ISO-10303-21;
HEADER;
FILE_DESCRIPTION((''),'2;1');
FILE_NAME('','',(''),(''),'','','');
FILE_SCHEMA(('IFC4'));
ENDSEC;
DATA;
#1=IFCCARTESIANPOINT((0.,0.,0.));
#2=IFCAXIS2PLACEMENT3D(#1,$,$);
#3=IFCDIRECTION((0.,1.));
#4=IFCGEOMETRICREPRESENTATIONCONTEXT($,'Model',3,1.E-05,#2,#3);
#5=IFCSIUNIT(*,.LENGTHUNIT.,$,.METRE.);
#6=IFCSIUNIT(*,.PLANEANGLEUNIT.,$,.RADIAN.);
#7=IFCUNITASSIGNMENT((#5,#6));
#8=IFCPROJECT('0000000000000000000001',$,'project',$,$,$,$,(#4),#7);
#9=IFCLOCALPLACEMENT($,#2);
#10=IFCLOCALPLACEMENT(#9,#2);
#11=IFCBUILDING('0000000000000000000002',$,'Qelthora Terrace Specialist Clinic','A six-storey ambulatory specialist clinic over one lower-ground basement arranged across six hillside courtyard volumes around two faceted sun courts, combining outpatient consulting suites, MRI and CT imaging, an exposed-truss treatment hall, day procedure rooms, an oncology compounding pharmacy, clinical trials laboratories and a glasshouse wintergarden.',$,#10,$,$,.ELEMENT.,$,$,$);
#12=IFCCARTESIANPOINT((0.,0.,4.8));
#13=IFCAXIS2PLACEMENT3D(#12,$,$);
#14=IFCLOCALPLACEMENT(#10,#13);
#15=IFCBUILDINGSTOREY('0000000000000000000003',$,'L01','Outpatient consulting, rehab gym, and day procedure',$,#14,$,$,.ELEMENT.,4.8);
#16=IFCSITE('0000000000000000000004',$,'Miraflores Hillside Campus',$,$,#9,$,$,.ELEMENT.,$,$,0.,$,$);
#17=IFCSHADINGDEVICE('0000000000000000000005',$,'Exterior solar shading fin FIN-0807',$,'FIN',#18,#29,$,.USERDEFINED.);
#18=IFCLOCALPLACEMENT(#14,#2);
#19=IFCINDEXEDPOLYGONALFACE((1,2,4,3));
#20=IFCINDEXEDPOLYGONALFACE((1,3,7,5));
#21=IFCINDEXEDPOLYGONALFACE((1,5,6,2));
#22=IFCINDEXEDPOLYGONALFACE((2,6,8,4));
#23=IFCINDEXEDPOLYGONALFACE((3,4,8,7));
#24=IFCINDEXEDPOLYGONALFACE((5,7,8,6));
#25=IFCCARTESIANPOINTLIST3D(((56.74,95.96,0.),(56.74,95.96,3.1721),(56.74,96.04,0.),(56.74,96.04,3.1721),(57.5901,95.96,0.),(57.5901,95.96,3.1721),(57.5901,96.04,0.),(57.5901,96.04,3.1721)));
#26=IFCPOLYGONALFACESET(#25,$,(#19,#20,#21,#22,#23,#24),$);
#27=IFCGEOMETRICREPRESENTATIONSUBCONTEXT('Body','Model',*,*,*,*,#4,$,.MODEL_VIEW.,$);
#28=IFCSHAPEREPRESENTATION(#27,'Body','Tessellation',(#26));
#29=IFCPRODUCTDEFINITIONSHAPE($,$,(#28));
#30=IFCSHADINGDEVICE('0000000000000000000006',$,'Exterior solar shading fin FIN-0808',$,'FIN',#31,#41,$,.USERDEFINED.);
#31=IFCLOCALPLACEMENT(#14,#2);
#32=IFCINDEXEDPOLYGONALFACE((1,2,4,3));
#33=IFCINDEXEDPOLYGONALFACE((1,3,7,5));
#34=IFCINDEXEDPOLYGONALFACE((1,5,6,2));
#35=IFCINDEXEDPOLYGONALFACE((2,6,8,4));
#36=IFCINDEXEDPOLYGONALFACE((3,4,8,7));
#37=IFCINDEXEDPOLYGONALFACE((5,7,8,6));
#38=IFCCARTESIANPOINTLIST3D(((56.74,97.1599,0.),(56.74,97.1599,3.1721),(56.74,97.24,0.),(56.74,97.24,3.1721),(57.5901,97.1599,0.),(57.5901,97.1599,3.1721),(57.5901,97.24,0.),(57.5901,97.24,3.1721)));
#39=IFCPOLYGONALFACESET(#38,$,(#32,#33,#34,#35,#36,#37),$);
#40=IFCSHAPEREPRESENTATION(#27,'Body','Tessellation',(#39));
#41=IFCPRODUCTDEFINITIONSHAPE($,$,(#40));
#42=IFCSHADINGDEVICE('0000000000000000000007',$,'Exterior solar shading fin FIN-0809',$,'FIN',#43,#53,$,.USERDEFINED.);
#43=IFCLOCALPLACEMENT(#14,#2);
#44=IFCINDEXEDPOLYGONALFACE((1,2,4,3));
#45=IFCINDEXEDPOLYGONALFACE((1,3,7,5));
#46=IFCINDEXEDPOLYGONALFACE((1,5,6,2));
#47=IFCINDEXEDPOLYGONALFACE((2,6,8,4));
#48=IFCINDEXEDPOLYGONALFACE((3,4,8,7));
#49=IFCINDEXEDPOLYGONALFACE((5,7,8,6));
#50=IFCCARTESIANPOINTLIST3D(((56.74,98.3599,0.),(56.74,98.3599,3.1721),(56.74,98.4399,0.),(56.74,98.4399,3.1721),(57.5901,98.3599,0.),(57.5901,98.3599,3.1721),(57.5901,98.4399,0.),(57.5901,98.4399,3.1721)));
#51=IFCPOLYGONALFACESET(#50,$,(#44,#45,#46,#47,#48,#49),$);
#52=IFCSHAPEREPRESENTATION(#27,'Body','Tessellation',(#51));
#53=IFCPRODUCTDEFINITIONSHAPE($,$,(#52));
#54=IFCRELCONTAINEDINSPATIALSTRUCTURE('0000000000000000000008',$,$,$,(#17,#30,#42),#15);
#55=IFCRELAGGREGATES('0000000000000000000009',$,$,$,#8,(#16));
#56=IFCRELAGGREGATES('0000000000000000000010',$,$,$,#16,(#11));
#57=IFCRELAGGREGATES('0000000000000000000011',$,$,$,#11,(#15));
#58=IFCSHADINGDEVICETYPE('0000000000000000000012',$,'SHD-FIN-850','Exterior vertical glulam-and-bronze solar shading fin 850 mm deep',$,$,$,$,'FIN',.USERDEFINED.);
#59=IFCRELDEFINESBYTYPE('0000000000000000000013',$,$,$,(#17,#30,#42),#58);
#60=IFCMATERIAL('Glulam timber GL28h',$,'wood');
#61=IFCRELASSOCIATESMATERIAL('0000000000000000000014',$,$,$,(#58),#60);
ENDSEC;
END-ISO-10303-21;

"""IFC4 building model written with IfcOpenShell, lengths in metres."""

from ifc_helpers import new_model, si_unit, direction, frame, origin, origin_2d, place, context, subcontext, project, spatial, rectangle, extrude, material, type_object, element, save


model = new_model("IFC4")

# Units and contexts
model_context = context("Model", 3, precision=1e-05, world=origin(), true_north=direction((0.0, 1.0)))
body_context = subcontext(model_context, "Body", "Model", "MODEL_VIEW")
ifc_project = project(units=[si_unit("LENGTHUNIT", "METRE"), si_unit("PLANEANGLEUNIT", "RADIAN")], contexts=[model_context])

# Site, building, storey
site_placement = place(None, origin())
site = spatial("IfcSite", under=ifc_project, at=site_placement, Name="Miraflores Hillside Campus", CompositionType="ELEMENT", RefElevation=0.0)
building_placement = place(site_placement, origin())
building = spatial("IfcBuilding", under=site, at=building_placement, Name="Qelthora Terrace Specialist Clinic", Description="A six-storey ambulatory specialist clinic over one lower-ground basement arranged across six hillside courtyard volumes around two faceted sun courts, combining outpatient consulting suites, MRI and CT imaging, an exposed-truss treatment hall, day procedure rooms, an oncology compounding pharmacy, clinical trials laboratories and a glasshouse wintergarden.", CompositionType="ELEMENT")
storey_placement = place(building_placement, frame((0.0, 0.0, 4.8)))
storey = spatial("IfcBuildingStorey", under=building, at=storey_placement, Name="L01", Description="Outpatient consulting, rehab gym, and day procedure", CompositionType="ELEMENT", Elevation=4.8)

# Shading devices
ifc_material_1 = material(Name="Glulam timber GL28h", Category="wood")
shading_device_type = type_object("IfcShadingDeviceType", Name="SHD-FIN-850", Description="Exterior vertical glulam-and-bronze solar shading fin 850 mm deep", ElementType="FIN", PredefinedType="USERDEFINED", material=ifc_material_1)
for number, where, z_axis, x_axis, name in (
    (1, (57.165, 96.0, 0.0), (0.0, 0.0, 1.0), (-1.0, 0.0, 0.0), "Exterior solar shading fin FIN-0807"),
    (2, (57.165, 97.2, 0.0), (0.0, 0.0, 1.0), (-1.0, 0.0, 0.0), "Exterior solar shading fin FIN-0808"),
    (3, (57.165, 98.3999, 0.0), (0.0, 0.0, 1.0), (-1.0, 0.0, 0.0), "Exterior solar shading fin FIN-0809"),
):
    element("IfcShadingDevice", number, at=place(storey_placement, frame(where, z_axis=z_axis, x_axis=x_axis)), inside=storey, type_object=shading_device_type, Name=name, ObjectType="FIN", PredefinedType="USERDEFINED", context=body_context, shape_type="SweptSolid", body=[
        extrude(rectangle(XDim=0.8501, YDim=0.0801, at=origin_2d()), origin(), (0.0, 0.0, 1.0), 3.1721),
    ])

save(model, "model.ifc")
